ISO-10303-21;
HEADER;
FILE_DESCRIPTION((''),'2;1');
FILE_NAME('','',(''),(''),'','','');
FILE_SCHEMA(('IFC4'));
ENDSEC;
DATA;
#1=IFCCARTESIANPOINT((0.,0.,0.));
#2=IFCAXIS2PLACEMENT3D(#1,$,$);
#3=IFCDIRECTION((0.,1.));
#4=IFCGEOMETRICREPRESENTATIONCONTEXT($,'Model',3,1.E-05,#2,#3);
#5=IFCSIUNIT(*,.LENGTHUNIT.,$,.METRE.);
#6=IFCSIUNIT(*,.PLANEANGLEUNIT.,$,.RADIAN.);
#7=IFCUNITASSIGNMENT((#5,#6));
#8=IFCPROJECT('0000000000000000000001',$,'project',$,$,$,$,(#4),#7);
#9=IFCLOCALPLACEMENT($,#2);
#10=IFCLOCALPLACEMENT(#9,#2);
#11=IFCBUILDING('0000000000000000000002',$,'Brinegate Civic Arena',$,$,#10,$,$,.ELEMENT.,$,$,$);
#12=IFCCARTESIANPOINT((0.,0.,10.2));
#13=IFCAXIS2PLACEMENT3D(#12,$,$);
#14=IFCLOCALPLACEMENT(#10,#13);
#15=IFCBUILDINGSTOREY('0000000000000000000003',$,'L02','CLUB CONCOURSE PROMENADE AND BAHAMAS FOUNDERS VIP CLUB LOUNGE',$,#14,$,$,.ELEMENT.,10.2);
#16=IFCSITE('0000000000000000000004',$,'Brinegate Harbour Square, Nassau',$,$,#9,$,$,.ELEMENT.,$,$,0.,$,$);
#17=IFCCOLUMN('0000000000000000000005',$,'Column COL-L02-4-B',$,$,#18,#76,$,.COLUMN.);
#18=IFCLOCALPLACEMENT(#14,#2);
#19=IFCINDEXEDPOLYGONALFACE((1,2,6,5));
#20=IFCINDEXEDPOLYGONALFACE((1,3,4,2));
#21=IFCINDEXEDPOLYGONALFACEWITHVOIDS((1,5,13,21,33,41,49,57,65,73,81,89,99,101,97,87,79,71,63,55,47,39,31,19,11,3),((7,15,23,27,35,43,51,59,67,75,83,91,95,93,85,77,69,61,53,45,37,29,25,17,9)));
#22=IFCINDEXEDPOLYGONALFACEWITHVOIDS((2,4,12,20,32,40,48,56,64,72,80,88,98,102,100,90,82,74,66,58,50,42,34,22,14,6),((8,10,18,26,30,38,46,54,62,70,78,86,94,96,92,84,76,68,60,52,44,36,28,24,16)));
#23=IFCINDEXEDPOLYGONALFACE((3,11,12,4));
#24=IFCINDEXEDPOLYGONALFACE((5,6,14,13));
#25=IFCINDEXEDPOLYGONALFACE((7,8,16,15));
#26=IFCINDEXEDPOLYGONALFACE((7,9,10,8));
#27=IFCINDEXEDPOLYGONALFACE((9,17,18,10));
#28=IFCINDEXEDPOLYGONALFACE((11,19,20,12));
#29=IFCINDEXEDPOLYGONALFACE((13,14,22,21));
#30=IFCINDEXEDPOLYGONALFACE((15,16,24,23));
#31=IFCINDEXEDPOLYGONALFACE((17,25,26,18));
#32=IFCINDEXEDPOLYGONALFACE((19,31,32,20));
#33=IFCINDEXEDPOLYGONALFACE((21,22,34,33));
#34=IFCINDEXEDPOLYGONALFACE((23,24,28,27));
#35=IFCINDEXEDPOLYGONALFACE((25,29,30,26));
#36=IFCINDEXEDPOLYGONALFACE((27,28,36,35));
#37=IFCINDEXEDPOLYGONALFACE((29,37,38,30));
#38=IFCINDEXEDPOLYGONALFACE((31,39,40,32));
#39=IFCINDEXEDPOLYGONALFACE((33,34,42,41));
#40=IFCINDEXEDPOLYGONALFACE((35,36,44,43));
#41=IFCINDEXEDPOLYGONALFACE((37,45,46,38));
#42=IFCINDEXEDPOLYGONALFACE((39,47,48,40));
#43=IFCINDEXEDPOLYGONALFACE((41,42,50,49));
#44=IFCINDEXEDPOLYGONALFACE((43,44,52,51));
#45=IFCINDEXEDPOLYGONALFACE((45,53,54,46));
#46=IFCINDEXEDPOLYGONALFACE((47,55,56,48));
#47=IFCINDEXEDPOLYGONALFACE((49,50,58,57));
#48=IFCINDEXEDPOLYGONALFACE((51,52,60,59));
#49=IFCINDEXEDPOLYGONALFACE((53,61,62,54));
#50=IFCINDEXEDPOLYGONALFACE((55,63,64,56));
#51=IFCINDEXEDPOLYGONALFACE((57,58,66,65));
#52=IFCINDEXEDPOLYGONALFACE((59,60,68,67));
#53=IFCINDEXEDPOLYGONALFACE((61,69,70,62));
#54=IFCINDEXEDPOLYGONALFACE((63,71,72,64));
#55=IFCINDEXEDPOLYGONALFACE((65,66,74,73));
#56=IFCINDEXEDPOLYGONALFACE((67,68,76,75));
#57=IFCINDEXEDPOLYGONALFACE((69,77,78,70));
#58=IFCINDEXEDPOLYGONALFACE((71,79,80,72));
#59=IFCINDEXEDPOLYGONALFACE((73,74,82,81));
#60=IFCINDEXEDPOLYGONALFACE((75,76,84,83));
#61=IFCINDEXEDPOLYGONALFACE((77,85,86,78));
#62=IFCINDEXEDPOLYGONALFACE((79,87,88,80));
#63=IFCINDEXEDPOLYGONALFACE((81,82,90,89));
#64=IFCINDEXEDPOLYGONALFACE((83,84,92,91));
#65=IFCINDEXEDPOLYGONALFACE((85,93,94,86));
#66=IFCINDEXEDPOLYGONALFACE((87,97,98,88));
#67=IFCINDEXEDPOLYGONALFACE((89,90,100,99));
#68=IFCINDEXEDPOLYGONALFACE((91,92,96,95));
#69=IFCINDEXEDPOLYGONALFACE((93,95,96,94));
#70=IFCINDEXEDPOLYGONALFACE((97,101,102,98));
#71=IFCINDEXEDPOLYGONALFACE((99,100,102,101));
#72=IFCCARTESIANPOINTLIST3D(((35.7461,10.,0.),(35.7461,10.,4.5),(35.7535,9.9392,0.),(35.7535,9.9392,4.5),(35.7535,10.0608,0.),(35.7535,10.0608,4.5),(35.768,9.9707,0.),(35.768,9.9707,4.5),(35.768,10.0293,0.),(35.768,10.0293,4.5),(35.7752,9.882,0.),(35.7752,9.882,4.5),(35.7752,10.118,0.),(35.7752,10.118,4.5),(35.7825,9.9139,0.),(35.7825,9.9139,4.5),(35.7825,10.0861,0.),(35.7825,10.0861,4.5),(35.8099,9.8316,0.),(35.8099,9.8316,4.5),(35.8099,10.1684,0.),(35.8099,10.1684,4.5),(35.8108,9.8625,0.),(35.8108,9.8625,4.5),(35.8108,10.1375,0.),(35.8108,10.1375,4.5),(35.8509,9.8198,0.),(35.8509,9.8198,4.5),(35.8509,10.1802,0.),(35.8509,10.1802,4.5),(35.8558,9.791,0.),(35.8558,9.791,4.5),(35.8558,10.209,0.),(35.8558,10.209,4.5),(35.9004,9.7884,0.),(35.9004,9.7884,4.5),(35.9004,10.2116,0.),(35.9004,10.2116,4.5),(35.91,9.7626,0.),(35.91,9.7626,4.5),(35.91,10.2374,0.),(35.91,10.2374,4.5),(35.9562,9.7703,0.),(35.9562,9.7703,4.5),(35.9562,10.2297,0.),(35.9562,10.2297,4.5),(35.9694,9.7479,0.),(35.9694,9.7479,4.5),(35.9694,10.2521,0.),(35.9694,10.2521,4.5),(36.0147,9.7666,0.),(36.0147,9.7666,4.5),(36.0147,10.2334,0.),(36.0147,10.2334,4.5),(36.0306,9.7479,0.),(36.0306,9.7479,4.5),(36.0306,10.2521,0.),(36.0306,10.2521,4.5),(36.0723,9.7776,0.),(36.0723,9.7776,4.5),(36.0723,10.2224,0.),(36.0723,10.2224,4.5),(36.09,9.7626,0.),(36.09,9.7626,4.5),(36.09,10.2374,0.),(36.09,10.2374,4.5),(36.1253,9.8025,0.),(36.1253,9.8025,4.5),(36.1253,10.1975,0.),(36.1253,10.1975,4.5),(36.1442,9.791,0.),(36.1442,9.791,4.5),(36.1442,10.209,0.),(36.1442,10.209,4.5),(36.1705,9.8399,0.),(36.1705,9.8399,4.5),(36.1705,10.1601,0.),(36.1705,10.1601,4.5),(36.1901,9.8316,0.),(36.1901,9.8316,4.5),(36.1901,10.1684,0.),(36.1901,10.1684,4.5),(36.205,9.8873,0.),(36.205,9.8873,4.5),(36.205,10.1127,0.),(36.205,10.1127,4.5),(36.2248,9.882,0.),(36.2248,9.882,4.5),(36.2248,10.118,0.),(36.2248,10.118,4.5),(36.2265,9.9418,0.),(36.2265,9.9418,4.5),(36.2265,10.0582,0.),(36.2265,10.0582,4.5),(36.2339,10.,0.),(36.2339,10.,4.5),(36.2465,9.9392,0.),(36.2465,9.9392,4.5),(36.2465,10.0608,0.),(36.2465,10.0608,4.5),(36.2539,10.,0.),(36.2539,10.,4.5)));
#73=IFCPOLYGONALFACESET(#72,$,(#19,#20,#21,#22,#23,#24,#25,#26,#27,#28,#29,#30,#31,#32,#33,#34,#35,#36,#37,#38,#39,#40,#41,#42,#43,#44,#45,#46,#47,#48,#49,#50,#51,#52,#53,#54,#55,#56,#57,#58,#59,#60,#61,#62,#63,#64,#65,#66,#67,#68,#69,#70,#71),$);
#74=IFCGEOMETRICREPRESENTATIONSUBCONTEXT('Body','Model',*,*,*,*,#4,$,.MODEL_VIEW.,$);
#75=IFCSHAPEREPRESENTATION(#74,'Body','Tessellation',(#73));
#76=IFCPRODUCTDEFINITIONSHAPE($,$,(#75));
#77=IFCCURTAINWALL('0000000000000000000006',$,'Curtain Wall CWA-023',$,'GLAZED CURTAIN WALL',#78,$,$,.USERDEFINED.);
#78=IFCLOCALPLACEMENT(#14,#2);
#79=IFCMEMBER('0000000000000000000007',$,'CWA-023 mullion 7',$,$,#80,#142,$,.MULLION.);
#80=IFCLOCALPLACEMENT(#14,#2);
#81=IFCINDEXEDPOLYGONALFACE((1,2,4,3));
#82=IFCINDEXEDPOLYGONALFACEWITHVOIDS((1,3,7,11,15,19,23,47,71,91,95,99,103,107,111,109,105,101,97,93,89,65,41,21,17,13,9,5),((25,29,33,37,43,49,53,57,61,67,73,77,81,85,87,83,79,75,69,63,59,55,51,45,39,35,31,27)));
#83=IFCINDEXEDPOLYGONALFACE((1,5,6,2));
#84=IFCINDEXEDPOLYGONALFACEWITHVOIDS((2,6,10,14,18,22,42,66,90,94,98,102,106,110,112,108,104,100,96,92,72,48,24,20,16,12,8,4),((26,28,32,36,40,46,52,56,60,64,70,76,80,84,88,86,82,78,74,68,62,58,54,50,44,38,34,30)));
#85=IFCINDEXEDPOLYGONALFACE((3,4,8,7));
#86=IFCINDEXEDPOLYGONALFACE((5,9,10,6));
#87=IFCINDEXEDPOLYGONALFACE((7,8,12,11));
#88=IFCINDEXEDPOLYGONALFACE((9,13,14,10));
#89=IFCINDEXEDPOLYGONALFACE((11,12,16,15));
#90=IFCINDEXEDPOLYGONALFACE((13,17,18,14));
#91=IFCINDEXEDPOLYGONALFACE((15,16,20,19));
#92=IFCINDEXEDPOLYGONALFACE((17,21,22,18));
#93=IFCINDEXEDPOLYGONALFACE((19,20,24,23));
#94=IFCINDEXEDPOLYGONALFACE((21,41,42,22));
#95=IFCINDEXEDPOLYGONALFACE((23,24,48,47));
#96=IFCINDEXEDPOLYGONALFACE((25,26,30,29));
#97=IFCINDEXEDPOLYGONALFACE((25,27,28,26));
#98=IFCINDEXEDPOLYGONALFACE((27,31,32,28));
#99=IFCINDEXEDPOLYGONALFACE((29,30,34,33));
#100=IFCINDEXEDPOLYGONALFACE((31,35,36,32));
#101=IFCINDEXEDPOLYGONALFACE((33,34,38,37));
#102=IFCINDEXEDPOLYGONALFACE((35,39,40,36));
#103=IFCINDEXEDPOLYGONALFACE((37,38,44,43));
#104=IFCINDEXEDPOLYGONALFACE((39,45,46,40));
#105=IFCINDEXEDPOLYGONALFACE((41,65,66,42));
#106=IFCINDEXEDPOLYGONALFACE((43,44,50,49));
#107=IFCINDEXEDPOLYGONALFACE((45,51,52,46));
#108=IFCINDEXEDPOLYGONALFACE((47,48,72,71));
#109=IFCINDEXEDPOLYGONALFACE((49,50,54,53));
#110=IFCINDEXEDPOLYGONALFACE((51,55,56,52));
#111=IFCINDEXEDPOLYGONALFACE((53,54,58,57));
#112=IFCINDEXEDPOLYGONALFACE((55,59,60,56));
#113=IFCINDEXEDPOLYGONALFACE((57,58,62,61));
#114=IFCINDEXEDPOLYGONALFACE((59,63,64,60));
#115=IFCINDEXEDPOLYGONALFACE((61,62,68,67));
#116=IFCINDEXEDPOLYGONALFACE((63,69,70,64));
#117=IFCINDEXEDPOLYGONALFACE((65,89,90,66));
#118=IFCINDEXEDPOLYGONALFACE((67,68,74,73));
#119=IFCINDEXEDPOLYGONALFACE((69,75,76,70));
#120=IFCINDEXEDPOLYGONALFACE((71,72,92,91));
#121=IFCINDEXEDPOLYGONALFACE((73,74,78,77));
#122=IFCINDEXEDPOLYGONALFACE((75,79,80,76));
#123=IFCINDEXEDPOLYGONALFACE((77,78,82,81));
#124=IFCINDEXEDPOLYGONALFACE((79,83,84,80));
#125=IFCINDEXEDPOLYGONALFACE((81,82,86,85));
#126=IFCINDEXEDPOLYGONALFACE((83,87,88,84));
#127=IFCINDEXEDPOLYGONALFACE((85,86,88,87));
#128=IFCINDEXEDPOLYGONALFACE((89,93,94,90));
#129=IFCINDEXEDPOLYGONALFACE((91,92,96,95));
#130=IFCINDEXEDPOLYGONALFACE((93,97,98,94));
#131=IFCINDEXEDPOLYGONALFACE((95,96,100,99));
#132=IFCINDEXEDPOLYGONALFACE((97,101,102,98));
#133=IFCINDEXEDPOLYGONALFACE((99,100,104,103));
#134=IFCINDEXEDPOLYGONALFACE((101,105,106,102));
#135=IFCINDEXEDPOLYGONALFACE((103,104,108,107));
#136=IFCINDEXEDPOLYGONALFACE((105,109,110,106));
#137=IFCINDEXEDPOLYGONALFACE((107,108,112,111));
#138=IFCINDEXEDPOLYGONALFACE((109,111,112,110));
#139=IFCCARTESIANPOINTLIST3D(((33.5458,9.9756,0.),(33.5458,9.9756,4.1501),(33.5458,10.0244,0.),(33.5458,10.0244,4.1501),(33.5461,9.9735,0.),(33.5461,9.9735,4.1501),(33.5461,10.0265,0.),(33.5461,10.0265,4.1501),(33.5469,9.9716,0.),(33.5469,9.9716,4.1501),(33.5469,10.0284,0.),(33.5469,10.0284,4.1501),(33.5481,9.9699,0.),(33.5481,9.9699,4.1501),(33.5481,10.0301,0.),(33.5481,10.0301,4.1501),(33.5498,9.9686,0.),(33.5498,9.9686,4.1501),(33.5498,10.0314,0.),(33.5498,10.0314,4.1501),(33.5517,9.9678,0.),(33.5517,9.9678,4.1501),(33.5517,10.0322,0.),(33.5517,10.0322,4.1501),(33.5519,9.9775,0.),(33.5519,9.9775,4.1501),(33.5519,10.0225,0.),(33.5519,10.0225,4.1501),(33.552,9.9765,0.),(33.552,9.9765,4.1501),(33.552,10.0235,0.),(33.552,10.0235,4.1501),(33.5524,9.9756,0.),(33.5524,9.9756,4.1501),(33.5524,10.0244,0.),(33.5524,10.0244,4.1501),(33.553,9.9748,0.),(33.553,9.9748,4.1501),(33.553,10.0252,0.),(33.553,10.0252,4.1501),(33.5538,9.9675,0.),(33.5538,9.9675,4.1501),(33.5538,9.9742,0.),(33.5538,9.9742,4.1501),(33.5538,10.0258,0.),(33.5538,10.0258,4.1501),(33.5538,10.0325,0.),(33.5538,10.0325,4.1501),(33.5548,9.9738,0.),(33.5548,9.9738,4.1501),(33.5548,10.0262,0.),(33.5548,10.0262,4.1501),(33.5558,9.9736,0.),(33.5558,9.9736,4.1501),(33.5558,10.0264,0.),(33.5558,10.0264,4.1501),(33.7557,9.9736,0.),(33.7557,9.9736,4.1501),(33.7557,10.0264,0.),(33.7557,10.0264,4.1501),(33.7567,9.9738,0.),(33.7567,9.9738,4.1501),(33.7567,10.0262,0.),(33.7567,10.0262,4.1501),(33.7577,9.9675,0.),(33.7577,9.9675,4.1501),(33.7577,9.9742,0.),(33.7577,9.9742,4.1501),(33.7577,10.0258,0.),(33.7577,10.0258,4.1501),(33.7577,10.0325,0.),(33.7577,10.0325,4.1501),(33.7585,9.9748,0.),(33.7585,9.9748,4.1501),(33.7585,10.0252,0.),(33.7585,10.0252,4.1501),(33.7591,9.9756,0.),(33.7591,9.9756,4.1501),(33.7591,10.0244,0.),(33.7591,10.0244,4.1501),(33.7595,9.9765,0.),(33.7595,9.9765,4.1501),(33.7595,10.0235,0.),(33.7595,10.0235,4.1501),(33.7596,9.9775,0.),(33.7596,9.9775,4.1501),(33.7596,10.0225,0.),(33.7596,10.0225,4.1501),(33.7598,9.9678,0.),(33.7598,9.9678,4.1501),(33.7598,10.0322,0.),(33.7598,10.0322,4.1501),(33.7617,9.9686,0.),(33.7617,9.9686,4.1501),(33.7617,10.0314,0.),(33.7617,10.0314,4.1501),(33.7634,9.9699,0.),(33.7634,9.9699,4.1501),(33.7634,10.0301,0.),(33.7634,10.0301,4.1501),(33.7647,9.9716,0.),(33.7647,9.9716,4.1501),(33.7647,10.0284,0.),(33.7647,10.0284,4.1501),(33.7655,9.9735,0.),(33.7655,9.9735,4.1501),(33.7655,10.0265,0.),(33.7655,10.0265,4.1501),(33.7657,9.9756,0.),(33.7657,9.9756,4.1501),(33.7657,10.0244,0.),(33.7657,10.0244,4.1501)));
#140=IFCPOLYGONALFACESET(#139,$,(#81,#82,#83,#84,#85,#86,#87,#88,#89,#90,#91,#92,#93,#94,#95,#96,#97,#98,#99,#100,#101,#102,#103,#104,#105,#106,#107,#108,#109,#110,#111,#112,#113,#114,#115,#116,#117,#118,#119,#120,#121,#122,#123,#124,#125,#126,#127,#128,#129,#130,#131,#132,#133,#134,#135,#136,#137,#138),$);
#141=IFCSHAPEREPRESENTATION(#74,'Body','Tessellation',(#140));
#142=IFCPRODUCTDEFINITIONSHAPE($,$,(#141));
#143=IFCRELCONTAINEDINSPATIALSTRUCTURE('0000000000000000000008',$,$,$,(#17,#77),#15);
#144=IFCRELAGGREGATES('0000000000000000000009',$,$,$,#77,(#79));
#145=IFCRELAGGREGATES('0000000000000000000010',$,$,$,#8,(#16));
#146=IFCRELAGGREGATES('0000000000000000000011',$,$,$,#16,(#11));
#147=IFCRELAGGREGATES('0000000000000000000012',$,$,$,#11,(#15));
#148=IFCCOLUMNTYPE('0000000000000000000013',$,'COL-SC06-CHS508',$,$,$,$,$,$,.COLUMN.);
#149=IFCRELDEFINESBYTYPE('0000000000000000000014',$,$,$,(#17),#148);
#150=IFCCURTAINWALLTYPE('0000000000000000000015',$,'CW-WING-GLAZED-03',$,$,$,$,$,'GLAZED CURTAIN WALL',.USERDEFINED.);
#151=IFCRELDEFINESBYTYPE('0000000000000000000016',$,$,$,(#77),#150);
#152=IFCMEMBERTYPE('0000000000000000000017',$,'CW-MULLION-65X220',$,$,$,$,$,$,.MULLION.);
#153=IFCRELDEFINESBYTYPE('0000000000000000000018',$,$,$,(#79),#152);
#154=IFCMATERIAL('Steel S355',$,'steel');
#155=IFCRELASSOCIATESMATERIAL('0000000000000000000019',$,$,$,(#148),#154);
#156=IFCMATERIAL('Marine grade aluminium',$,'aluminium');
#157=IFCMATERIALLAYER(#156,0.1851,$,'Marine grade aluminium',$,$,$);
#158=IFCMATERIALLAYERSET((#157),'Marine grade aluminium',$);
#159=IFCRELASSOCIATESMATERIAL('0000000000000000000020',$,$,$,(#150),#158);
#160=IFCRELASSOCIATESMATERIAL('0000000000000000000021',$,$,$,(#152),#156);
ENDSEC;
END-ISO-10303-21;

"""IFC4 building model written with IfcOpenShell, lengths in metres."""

from ifc_helpers import new_model, si_unit, direction, frame, origin, origin_2d, place, context, subcontext, project, spatial, hollow_rectangle, hollow_circle, extrude, material, layer, layer_set, material_profile, profile_set, type_object, element, aggregate, save


model = new_model("IFC4")

# Units and contexts
model_context = context("Model", 3, precision=1e-05, world=origin(), true_north=direction((0.0, 1.0)))
body_context = subcontext(model_context, "Body", "Model", "MODEL_VIEW")
ifc_project = project(units=[si_unit("LENGTHUNIT", "METRE"), si_unit("PLANEANGLEUNIT", "RADIAN")], contexts=[model_context])

# Site, building, storey
site_placement = place(None, origin())
site = spatial("IfcSite", under=ifc_project, at=site_placement, Name="Brinegate Harbour Square, Nassau", CompositionType="ELEMENT", RefElevation=0.0)
building_placement = place(site_placement, origin())
building = spatial("IfcBuilding", under=site, at=building_placement, Name="Brinegate Civic Arena", CompositionType="ELEMENT")
storey_placement = place(building_placement, frame((0.0, 0.0, 10.2)))
storey = spatial("IfcBuildingStorey", under=building, at=storey_placement, Name="L02", Description="CLUB CONCOURSE PROMENADE AND BAHAMAS FOUNDERS VIP CLUB LOUNGE", CompositionType="ELEMENT", Elevation=10.2)

# Column
ifc_material_1 = material(Name="Steel S355", Category="steel")
ifc_material_profile_1 = material_profile(ifc_material_1, hollow_circle(Radius=0.2539, WallThickness=0.02, at=origin_2d()), Name="CHS508X20")
ifc_profile_set_1 = profile_set([ifc_material_profile_1], Name="Steel S355")
column_type = type_object("IfcColumnType", Name="COL-SC06-CHS508", PredefinedType="COLUMN", material=ifc_profile_set_1)
column_placement = place(storey_placement, frame((36.0, 10.0, 0.0), z_axis=(0.0, 0.0, 1.0), x_axis=(1.0, 0.0, 0.0)))
element("IfcColumn", 1, at=column_placement, inside=storey, type_object=column_type, Name="Column COL-L02-4-B", PredefinedType="COLUMN", context=body_context, shape_type="SweptSolid", body=[
    extrude(hollow_circle(Radius=0.2539, WallThickness=0.02, at=origin_2d()), origin(), (0.0, 0.0, 1.0), 4.5),
])

# Curtain wall, member
ifc_material_2 = material(Name="Marine grade aluminium", Category="aluminium")
ifc_layer_1 = layer(ifc_material_2, 0.1851, Name="Marine grade aluminium")
ifc_layer_set_1 = layer_set([ifc_layer_1], Name="Marine grade aluminium")
curtain_wall_type = type_object("IfcCurtainWallType", Name="CW-WING-GLAZED-03", ElementType="GLAZED CURTAIN WALL", PredefinedType="USERDEFINED", material=ifc_layer_set_1)
curtain_wall_1_placement = place(storey_placement, origin())
curtain_wall_1 = element("IfcCurtainWall", 2, at=curtain_wall_1_placement, inside=storey, type_object=curtain_wall_type, Name="Curtain Wall CWA-023", ObjectType="GLAZED CURTAIN WALL", PredefinedType="USERDEFINED")
ifc_material_profile_2 = material_profile(ifc_material_2, hollow_rectangle(XDim=0.0649, YDim=0.22, WallThickness=0.0061, InnerFilletRadius=0.0039, OuterFilletRadius=0.0081, at=origin_2d()), Name="MUL65X220")
ifc_profile_set_2 = profile_set([ifc_material_profile_2], Name="Marine grade aluminium")
member_type_1 = type_object("IfcMemberType", Name="CW-MULLION-65X220", PredefinedType="MULLION", material=ifc_profile_set_2)
member_1_placement = place(storey_placement, frame((33.6558, 10.0, 0.0), z_axis=(0.0, 0.0, 1.0), x_axis=(0.0, 1.0, 0.0)))
member_1 = element("IfcMember", 3, at=member_1_placement, type_object=member_type_1, Name="CWA-023 mullion 7", PredefinedType="MULLION", context=body_context, shape_type="SweptSolid", body=[
    extrude(hollow_rectangle(XDim=0.0649, YDim=0.22, WallThickness=0.0061, InnerFilletRadius=0.0039, OuterFilletRadius=0.0081, at=origin_2d()), origin(), (0.0, 0.0, 1.0), 4.1501),
])

aggregate(curtain_wall_1, [member_1])

save(model, "model.ifc")
